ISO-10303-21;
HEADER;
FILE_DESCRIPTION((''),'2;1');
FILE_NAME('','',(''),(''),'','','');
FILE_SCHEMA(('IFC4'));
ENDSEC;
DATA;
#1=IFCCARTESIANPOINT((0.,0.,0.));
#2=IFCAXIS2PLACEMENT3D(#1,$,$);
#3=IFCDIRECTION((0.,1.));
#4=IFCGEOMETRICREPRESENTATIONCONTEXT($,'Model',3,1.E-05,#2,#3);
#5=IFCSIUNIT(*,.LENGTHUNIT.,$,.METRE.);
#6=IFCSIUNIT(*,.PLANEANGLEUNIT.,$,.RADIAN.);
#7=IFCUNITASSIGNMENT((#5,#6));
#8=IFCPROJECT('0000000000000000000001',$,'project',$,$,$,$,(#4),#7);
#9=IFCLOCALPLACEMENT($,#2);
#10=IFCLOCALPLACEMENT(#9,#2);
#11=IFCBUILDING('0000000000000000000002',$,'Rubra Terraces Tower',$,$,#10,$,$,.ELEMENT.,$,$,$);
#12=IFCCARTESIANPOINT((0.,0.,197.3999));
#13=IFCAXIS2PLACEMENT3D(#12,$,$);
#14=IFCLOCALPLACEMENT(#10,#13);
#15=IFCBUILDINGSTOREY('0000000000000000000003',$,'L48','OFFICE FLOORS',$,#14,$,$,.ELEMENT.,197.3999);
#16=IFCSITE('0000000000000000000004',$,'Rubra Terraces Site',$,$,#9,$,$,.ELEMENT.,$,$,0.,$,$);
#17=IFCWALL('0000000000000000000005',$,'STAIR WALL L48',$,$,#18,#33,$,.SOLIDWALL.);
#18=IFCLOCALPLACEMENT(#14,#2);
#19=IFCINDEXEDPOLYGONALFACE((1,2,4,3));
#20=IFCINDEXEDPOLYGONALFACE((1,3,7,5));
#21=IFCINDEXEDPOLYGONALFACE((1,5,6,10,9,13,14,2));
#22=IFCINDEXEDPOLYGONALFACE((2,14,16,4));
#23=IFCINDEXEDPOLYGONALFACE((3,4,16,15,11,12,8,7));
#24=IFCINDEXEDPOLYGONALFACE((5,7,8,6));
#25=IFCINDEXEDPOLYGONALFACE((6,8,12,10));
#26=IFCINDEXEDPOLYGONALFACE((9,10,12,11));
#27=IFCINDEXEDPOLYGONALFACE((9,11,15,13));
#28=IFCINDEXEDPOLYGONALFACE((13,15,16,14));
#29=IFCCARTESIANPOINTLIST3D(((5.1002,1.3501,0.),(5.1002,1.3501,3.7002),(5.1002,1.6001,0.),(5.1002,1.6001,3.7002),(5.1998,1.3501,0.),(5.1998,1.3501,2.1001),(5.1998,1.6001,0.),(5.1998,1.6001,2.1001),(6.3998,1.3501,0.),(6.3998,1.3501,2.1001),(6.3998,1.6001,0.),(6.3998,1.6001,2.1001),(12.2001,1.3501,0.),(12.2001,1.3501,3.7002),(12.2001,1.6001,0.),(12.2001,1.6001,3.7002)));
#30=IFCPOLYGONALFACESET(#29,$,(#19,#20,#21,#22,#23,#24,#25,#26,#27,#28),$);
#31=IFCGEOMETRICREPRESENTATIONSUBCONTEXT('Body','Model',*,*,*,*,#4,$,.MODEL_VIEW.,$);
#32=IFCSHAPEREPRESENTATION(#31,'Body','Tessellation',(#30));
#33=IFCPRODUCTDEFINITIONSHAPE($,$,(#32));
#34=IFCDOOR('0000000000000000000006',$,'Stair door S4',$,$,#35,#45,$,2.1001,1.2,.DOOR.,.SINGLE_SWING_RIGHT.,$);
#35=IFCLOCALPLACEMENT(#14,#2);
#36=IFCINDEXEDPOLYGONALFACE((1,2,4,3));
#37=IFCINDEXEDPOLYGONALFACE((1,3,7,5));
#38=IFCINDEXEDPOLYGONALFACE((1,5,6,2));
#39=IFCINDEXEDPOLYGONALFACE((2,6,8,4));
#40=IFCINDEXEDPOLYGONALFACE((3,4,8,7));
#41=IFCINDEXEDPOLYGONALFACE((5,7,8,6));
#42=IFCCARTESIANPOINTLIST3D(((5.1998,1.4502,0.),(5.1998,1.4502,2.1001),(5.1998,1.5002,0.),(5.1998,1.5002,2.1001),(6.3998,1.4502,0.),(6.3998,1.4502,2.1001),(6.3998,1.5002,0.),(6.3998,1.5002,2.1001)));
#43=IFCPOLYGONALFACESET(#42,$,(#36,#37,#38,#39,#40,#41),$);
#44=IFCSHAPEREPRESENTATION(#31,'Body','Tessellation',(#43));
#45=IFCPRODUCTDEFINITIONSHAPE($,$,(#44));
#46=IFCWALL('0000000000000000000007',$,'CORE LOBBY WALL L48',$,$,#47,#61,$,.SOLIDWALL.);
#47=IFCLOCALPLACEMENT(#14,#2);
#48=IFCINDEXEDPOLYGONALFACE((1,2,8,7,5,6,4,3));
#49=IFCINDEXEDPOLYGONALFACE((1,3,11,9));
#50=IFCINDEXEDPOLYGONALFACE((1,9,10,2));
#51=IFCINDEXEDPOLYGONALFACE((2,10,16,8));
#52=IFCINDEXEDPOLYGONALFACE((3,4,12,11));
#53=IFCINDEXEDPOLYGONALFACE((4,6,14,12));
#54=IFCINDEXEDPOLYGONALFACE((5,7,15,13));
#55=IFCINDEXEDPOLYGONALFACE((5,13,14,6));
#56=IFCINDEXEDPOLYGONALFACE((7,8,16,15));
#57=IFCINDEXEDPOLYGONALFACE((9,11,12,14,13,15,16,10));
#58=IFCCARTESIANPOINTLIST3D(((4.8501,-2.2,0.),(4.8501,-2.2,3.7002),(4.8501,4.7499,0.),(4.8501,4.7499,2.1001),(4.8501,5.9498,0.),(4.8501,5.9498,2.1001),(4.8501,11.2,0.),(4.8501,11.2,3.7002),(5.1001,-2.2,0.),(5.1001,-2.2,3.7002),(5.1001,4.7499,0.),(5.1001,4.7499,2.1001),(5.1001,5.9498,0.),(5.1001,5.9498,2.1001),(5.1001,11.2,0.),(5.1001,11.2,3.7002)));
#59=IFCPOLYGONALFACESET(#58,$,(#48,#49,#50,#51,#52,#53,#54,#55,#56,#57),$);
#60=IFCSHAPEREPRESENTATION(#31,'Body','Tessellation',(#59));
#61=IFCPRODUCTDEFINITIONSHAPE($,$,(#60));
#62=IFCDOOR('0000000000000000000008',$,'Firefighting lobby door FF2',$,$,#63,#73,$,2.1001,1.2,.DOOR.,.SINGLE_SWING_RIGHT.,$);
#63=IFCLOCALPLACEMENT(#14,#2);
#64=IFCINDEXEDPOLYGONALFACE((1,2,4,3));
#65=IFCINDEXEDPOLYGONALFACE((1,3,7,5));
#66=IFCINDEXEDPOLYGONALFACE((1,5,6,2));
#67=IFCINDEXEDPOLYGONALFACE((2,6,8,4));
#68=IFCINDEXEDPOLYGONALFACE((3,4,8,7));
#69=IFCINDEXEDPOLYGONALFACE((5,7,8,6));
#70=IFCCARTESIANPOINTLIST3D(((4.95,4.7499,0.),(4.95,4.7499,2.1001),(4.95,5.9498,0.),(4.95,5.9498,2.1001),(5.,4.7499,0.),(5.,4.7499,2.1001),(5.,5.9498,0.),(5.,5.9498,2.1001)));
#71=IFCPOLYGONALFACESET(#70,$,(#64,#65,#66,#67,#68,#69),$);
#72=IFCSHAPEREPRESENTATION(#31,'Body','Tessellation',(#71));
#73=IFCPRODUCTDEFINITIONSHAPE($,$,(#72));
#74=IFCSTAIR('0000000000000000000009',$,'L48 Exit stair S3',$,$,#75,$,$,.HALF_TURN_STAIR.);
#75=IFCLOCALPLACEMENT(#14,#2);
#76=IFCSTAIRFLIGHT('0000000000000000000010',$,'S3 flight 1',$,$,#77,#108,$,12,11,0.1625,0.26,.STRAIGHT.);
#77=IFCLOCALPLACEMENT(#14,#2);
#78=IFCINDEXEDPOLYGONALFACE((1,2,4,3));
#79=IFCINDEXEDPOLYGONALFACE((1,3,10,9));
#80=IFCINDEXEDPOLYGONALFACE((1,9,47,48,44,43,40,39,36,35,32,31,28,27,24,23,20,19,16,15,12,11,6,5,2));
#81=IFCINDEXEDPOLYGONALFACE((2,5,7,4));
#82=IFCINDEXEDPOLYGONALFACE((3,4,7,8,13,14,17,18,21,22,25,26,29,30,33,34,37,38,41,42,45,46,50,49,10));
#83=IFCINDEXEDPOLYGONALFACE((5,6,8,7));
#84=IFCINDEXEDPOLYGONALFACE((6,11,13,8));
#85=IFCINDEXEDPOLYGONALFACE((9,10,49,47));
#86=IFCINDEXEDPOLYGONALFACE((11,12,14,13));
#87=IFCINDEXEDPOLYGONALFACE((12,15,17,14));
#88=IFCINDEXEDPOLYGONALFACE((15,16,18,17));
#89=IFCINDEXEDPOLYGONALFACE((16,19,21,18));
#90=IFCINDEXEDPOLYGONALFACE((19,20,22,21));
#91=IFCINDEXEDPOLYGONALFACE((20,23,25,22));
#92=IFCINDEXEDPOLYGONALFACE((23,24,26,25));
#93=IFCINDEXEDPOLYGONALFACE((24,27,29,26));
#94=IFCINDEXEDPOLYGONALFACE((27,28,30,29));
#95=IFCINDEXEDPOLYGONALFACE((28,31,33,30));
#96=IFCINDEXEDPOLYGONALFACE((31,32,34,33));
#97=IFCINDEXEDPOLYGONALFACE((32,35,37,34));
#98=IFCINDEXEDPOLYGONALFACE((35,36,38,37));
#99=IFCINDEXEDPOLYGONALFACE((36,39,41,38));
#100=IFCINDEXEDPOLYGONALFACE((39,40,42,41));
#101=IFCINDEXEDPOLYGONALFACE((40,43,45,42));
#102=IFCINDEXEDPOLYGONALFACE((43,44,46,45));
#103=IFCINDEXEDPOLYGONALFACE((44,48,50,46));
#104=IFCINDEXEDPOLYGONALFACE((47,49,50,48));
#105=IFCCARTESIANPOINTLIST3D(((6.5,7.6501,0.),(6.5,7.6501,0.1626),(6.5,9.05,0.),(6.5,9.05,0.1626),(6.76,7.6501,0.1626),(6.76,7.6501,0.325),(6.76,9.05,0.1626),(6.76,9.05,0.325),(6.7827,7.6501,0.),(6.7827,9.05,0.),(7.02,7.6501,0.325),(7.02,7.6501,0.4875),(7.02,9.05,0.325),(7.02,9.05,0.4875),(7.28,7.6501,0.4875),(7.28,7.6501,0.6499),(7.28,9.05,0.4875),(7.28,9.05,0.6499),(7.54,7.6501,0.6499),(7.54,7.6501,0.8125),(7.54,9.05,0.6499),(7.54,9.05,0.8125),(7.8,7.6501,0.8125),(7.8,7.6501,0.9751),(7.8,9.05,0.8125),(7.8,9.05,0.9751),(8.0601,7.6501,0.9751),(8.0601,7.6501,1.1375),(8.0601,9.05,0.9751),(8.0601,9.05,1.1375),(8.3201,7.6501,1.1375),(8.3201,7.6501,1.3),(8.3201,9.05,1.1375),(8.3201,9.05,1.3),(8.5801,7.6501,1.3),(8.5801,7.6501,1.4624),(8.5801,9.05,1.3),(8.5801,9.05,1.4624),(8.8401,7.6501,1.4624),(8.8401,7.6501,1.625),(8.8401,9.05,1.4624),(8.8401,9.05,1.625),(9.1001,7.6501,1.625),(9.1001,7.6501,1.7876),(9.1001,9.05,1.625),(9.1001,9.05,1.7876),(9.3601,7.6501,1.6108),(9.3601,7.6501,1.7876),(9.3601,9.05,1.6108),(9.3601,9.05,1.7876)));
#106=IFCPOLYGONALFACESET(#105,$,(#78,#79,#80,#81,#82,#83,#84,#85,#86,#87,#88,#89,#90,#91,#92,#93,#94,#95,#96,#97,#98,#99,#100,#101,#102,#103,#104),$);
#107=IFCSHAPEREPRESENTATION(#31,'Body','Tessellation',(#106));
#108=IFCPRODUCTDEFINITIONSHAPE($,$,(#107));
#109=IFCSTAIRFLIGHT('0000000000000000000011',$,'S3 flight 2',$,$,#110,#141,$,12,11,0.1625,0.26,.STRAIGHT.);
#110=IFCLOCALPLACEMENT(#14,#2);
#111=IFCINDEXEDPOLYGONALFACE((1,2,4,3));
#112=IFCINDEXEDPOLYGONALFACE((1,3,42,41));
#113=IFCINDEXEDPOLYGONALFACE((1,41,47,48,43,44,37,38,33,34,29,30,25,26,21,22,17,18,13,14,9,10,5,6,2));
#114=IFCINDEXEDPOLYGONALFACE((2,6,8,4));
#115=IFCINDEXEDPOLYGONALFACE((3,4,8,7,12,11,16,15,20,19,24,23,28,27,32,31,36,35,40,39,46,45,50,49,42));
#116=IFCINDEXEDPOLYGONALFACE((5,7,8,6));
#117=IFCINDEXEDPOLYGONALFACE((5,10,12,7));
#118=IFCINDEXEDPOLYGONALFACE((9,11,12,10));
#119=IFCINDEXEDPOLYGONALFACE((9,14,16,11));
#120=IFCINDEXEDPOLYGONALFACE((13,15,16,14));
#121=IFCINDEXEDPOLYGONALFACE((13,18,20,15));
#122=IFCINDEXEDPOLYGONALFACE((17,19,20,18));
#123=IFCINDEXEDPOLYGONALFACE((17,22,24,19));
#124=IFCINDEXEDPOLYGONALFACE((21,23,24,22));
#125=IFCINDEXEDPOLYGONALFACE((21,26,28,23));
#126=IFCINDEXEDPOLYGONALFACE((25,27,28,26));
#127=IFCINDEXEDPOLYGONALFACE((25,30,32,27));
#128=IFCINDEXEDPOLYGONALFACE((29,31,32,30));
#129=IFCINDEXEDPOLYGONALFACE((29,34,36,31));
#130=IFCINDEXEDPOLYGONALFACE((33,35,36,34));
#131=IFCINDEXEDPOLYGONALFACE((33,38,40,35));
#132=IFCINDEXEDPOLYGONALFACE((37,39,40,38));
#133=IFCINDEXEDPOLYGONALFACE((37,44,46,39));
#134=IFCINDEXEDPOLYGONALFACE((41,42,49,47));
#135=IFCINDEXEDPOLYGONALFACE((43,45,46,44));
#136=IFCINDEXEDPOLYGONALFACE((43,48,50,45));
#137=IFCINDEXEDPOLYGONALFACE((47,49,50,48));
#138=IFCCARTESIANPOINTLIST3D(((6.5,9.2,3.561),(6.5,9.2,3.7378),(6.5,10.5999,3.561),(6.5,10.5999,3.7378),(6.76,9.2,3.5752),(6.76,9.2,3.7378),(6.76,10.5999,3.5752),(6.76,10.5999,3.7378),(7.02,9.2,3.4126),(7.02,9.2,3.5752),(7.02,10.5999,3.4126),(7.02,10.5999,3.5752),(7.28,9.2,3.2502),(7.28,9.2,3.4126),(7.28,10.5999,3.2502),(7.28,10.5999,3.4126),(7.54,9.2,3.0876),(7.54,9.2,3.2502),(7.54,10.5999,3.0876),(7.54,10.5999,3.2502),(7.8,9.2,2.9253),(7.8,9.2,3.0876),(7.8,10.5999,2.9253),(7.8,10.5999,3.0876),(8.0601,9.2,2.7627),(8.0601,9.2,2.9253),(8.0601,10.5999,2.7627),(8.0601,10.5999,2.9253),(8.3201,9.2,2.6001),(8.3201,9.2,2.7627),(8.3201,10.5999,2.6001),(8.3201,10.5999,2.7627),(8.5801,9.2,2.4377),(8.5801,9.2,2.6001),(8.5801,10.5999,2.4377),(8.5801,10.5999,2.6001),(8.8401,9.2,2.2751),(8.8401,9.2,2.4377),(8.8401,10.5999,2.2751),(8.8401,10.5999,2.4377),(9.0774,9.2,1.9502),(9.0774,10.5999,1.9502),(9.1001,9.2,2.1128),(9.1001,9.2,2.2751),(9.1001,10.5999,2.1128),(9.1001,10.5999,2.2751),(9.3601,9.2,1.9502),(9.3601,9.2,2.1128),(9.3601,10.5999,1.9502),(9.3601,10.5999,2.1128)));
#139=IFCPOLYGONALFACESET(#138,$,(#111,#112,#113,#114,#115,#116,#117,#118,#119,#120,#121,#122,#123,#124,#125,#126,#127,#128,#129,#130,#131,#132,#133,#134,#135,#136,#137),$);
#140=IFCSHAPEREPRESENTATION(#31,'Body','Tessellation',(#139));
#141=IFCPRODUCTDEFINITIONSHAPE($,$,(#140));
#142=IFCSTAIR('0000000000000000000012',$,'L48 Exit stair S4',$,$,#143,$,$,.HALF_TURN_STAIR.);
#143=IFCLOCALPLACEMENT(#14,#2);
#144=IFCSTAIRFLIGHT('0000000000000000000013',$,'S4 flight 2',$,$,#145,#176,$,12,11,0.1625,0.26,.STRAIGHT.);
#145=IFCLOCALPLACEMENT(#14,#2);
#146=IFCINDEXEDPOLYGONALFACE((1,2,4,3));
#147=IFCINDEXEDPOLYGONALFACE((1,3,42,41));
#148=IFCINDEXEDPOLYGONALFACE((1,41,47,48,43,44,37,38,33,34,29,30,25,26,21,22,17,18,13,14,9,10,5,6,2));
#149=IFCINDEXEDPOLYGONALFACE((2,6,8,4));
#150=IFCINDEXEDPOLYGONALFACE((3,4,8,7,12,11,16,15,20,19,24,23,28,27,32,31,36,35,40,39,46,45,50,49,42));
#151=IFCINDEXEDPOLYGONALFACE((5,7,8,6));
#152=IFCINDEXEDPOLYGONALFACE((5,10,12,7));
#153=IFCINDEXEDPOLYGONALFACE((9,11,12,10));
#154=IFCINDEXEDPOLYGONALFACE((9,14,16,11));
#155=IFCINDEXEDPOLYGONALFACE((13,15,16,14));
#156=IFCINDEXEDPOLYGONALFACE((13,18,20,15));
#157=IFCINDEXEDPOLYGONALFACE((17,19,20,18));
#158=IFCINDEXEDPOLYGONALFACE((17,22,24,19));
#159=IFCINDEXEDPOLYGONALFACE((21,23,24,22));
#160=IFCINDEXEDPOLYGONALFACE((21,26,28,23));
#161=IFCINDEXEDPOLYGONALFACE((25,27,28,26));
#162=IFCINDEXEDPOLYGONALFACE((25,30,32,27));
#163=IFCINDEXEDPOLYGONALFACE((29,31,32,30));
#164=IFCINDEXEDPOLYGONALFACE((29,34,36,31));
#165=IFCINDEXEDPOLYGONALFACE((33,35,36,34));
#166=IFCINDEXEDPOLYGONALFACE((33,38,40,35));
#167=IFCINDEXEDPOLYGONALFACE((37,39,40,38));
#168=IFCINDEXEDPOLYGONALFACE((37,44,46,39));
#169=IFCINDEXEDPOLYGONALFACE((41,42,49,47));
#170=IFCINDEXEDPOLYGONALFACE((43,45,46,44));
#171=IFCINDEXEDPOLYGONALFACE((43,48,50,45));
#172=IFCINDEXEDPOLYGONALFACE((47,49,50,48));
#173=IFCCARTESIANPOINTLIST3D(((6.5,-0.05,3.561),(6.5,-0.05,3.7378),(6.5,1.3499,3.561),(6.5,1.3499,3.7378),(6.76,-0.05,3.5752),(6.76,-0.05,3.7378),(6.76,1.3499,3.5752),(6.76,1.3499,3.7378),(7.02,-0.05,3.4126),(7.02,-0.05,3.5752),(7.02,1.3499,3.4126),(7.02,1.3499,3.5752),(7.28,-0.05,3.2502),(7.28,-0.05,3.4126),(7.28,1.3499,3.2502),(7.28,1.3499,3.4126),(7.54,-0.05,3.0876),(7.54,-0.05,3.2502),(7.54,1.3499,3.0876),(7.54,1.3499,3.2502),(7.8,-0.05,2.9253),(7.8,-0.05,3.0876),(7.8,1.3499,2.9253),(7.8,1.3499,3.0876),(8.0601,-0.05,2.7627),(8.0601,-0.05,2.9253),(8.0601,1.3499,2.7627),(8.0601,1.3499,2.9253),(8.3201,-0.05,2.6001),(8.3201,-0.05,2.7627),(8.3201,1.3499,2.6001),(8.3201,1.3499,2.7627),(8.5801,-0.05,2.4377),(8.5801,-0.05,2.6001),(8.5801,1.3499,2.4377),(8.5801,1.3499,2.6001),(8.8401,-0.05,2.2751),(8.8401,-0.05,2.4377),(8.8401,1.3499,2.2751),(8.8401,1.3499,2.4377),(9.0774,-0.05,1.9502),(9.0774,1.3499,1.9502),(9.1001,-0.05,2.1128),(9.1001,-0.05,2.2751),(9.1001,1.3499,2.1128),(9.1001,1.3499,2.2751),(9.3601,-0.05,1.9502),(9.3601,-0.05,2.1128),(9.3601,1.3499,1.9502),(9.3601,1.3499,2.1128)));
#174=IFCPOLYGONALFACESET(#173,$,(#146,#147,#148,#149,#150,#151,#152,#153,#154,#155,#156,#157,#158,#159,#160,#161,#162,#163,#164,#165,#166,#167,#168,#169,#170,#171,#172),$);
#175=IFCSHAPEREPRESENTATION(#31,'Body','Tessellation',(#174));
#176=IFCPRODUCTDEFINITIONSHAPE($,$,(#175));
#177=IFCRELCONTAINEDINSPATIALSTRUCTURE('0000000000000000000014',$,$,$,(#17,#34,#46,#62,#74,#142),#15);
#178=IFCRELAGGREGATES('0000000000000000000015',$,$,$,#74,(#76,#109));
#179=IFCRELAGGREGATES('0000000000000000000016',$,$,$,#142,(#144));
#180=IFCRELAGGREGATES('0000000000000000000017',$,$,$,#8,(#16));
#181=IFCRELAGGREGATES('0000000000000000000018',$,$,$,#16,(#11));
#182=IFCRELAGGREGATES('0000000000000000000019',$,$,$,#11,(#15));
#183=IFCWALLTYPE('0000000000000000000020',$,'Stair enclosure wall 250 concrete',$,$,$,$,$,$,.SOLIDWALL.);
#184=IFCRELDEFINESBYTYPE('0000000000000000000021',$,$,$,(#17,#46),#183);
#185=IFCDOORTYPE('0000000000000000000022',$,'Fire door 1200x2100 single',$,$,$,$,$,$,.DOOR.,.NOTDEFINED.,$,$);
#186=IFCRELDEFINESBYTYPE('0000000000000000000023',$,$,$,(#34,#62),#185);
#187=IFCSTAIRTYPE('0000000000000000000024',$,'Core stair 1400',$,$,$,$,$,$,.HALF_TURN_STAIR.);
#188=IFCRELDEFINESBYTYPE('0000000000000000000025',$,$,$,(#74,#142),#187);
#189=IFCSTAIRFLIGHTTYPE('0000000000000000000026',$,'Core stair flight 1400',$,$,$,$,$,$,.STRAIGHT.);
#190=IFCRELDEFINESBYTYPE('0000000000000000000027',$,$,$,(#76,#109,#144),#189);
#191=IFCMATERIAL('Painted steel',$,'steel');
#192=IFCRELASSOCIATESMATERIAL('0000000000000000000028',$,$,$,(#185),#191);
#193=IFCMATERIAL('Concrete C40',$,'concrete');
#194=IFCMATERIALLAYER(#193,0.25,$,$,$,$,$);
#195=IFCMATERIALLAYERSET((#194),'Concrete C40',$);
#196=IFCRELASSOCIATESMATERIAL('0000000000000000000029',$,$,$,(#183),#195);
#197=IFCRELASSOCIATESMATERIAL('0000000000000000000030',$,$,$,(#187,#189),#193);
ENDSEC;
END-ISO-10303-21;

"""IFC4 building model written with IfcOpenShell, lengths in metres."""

from ifc_helpers import new_model, si_unit, direction, frame, frame_2d, origin, place, context, subcontext, project, spatial, polyline, rectangle, outline, extrude, material, layer, layer_set, type_object, element, fill, aggregate, save


model = new_model("IFC4")

# Units and contexts
model_context = context("Model", 3, precision=1e-05, world=origin(), true_north=direction((0.0, 1.0)))
body_context = subcontext(model_context, "Body", "Model", "MODEL_VIEW")
ifc_project = project(units=[si_unit("LENGTHUNIT", "METRE"), si_unit("PLANEANGLEUNIT", "RADIAN")], contexts=[model_context])

# Site, building, storey
site_placement = place(None, origin())
site = spatial("IfcSite", under=ifc_project, at=site_placement, Name="Rubra Terraces Site", CompositionType="ELEMENT", RefElevation=0.0)
building_placement = place(site_placement, origin())
building = spatial("IfcBuilding", under=site, at=building_placement, Name="Rubra Terraces Tower", CompositionType="ELEMENT")
storey_placement = place(building_placement, frame((0.0, 0.0, 197.3999)))
storey = spatial("IfcBuildingStorey", under=building, at=storey_placement, Name="L48", Description="OFFICE FLOORS", CompositionType="ELEMENT", Elevation=197.3999)

# Shared definitions
ifc_material_1 = material(Name="Concrete C40", Category="concrete")

# Shared definitions
ifc_material_2 = material(Name="Painted steel", Category="steel")
door_type_1 = type_object("IfcDoorType", Name="Fire door 1200x2100 single", OperationType="NOTDEFINED", PredefinedType="DOOR", material=ifc_material_2)

# Walls, openings, doors
ifc_layer_1 = layer(ifc_material_1, 0.25)
ifc_layer_set_1 = layer_set([ifc_layer_1], Name="Concrete C40")
wall_type_1 = type_object("IfcWallType", Name="Stair enclosure wall 250 concrete", PredefinedType="SOLIDWALL", material=ifc_layer_set_1)
wall_1_placement = place(storey_placement, frame((12.2, 1.4751, 0.0), z_axis=(0.0, 0.0, 1.0), x_axis=(-1.0, 0.0, 0.0)))
wall_1 = element("IfcWall", 1, at=wall_1_placement, inside=storey, type_object=wall_type_1, Name="STAIR WALL L48", PredefinedType="SOLIDWALL", context=body_context, shape_type="SweptSolid", body=[
    extrude(rectangle(XDim=7.0999, YDim=0.25, at=frame_2d((3.5498, 0.0))), origin(), (0.0, 0.0, 1.0), 3.7002),
])
opening_1_placement = place(wall_1_placement, frame((5.8, 0.0, 0.0)))
opening_1 = element("IfcOpeningElement", 2, at=opening_1_placement, cuts=wall_1, PredefinedType="OPENING", context=body_context, shape_type="SweptSolid", body=[
    extrude(rectangle(XDim=1.2, YDim=2.1001, at=frame_2d((0.6001, 1.05))), frame((0.0, 0.135, 0.0), z_axis=(0.0, -1.0, 0.0), x_axis=(1.0, 0.0, 0.0)), (0.0, 0.0, 1.0), 0.27),
])
door_1_placement = place(opening_1_placement, origin())
door_1 = element("IfcDoor", 3, at=door_1_placement, inside=storey, type_object=door_type_1, Name="Stair door S4", OperationType="SINGLE_SWING_RIGHT", OverallHeight=2.1001, OverallWidth=1.2, PredefinedType="DOOR", context=body_context, shape_type="SweptSolid", body=[
    extrude(rectangle(XDim=1.2, YDim=2.1001, at=frame_2d((0.6001, 1.05))), frame((0.0, 0.0249, 0.0), z_axis=(0.0, -1.0, 0.0), x_axis=(1.0, 0.0, 0.0)), (0.0, 0.0, 1.0), 0.05),
])
fill(opening_1, door_1)
wall_2_placement = place(storey_placement, frame((4.9751, 11.2, 0.0), z_axis=(0.0, 0.0, 1.0), x_axis=(0.0, -1.0, 0.0)))
wall_2 = element("IfcWall", 4, at=wall_2_placement, inside=storey, type_object=wall_type_1, Name="CORE LOBBY WALL L48", PredefinedType="SOLIDWALL", context=body_context, shape_type="SweptSolid", body=[
    extrude(rectangle(XDim=13.3999, YDim=0.25, at=frame_2d((6.7, 0.0))), origin(), (0.0, 0.0, 1.0), 3.7002),
])
opening_2_placement = place(wall_2_placement, frame((5.25, 0.0, 0.0)))
opening_2 = element("IfcOpeningElement", 5, at=opening_2_placement, cuts=wall_2, PredefinedType="OPENING", context=body_context, shape_type="SweptSolid", body=[
    extrude(rectangle(XDim=1.2, YDim=2.1001, at=frame_2d((0.6001, 1.05))), frame((0.0, 0.135, 0.0), z_axis=(0.0, -1.0, 0.0), x_axis=(1.0, 0.0, 0.0)), (0.0, 0.0, 1.0), 0.27),
])
door_2_placement = place(opening_2_placement, origin())
door_2 = element("IfcDoor", 6, at=door_2_placement, inside=storey, type_object=door_type_1, Name="Firefighting lobby door FF2", OperationType="SINGLE_SWING_RIGHT", OverallHeight=2.1001, OverallWidth=1.2, PredefinedType="DOOR", context=body_context, shape_type="SweptSolid", body=[
    extrude(rectangle(XDim=1.2, YDim=2.1001, at=frame_2d((0.6001, 1.05))), frame((0.0, 0.0249, 0.0), z_axis=(0.0, -1.0, 0.0), x_axis=(1.0, 0.0, 0.0)), (0.0, 0.0, 1.0), 0.05),
])
fill(opening_2, door_2)

# Stair, stair flights
stair_type = type_object("IfcStairType", Name="Core stair 1400", PredefinedType="HALF_TURN_STAIR", material=ifc_material_1)
stair_1_placement = place(storey_placement, origin())
stair_1 = element("IfcStair", 7, at=stair_1_placement, inside=storey, type_object=stair_type, Name="L48 Exit stair S3", PredefinedType="HALF_TURN_STAIR")
stair_flight_type = type_object("IfcStairFlightType", Name="Core stair flight 1400", PredefinedType="STRAIGHT", material=ifc_material_1)
stair_flight_1_placement = place(storey_placement, frame((6.5, 8.3501, 0.0), z_axis=(0.0, 0.0, 1.0), x_axis=(1.0, 0.0, 0.0)))
stair_flight_1 = element("IfcStairFlight", 8, at=stair_flight_1_placement, type_object=stair_flight_type, Name="S3 flight 1", NumberOfRisers=12, NumberOfTreads=11, PredefinedType="STRAIGHT", RiserHeight=0.1625, TreadLength=0.26, context=body_context, shape_type="SweptSolid", body=[
    extrude(outline(polyline([(0.0, 0.0), (0.0, 0.1626), (0.26, 0.1626), (0.26, 0.325), (0.52, 0.325), (0.52, 0.4875), (0.78, 0.4875), (0.78, 0.6499), (1.04, 0.6499), (1.04, 0.8125), (1.3, 0.8125), (1.3, 0.9751), (1.5601, 0.9751), (1.5601, 1.1375), (1.8201, 1.1375), (1.8201, 1.3), (2.0801, 1.3), (2.0801, 1.4624), (2.3401, 1.4624), (2.3401, 1.625), (2.6001, 1.625), (2.6001, 1.7876), (2.8601, 1.7876), (2.8601, 1.95), (2.8601, 1.6108), (0.2827, 0.0), (0.0, 0.0)])), frame((0.0, 0.7, 0.0), z_axis=(0.0, -1.0, 0.0), x_axis=(1.0, 0.0, 0.0)), (0.0, 0.0, 1.0), 1.3999),
])
stair_flight_2_placement = place(storey_placement, frame((9.3601, 9.8999, 1.9502), z_axis=(0.0, 0.0, 1.0), x_axis=(-1.0, 0.0, 0.0)))
stair_flight_2 = element("IfcStairFlight", 9, at=stair_flight_2_placement, type_object=stair_flight_type, Name="S3 flight 2", NumberOfRisers=12, NumberOfTreads=11, PredefinedType="STRAIGHT", RiserHeight=0.1625, TreadLength=0.26, context=body_context, shape_type="SweptSolid", body=[
    extrude(outline(polyline([(0.0, 0.0), (0.0, 0.1626), (0.26, 0.1626), (0.26, 0.325), (0.52, 0.325), (0.52, 0.4875), (0.78, 0.4875), (0.78, 0.6499), (1.04, 0.6499), (1.04, 0.8125), (1.3, 0.8125), (1.3, 0.9751), (1.5601, 0.9751), (1.5601, 1.1375), (1.8201, 1.1375), (1.8201, 1.3), (2.0801, 1.3), (2.0801, 1.4624), (2.3401, 1.4624), (2.3401, 1.625), (2.6001, 1.625), (2.6001, 1.7876), (2.8601, 1.7876), (2.8601, 1.95), (2.8601, 1.6108), (0.2827, 0.0), (0.0, 0.0)])), frame((0.0, 0.7, 0.0), z_axis=(0.0, -1.0, 0.0), x_axis=(1.0, 0.0, 0.0)), (0.0, 0.0, 1.0), 1.3999),
])
aggregate(stair_1, [stair_flight_1, stair_flight_2])

# Stair, stair flight
stair_2_placement = place(storey_placement, origin())
stair_2 = element("IfcStair", 10, at=stair_2_placement, inside=storey, type_object=stair_type, Name="L48 Exit stair S4", PredefinedType="HALF_TURN_STAIR")
stair_flight_3_placement = place(storey_placement, frame((9.3601, 0.6499, 1.9502), z_axis=(0.0, 0.0, 1.0), x_axis=(-1.0, 0.0, 0.0)))
stair_flight_3 = element("IfcStairFlight", 11, at=stair_flight_3_placement, type_object=stair_flight_type, Name="S4 flight 2", NumberOfRisers=12, NumberOfTreads=11, PredefinedType="STRAIGHT", RiserHeight=0.1625, TreadLength=0.26, context=body_context, shape_type="SweptSolid", body=[
    extrude(outline(polyline([(0.0, 0.0), (0.0, 0.1626), (0.26, 0.1626), (0.26, 0.325), (0.52, 0.325), (0.52, 0.4875), (0.78, 0.4875), (0.78, 0.6499), (1.04, 0.6499), (1.04, 0.8125), (1.3, 0.8125), (1.3, 0.9751), (1.5601, 0.9751), (1.5601, 1.1375), (1.8201, 1.1375), (1.8201, 1.3), (2.0801, 1.3), (2.0801, 1.4624), (2.3401, 1.4624), (2.3401, 1.625), (2.6001, 1.625), (2.6001, 1.7876), (2.8601, 1.7876), (2.8601, 1.95), (2.8601, 1.6108), (0.2827, 0.0), (0.0, 0.0)])), frame((0.0, 0.7, 0.0), z_axis=(0.0, -1.0, 0.0), x_axis=(1.0, 0.0, 0.0)), (0.0, 0.0, 1.0), 1.3999),
])
aggregate(stair_2, [stair_flight_3])

save(model, "model.ifc")
